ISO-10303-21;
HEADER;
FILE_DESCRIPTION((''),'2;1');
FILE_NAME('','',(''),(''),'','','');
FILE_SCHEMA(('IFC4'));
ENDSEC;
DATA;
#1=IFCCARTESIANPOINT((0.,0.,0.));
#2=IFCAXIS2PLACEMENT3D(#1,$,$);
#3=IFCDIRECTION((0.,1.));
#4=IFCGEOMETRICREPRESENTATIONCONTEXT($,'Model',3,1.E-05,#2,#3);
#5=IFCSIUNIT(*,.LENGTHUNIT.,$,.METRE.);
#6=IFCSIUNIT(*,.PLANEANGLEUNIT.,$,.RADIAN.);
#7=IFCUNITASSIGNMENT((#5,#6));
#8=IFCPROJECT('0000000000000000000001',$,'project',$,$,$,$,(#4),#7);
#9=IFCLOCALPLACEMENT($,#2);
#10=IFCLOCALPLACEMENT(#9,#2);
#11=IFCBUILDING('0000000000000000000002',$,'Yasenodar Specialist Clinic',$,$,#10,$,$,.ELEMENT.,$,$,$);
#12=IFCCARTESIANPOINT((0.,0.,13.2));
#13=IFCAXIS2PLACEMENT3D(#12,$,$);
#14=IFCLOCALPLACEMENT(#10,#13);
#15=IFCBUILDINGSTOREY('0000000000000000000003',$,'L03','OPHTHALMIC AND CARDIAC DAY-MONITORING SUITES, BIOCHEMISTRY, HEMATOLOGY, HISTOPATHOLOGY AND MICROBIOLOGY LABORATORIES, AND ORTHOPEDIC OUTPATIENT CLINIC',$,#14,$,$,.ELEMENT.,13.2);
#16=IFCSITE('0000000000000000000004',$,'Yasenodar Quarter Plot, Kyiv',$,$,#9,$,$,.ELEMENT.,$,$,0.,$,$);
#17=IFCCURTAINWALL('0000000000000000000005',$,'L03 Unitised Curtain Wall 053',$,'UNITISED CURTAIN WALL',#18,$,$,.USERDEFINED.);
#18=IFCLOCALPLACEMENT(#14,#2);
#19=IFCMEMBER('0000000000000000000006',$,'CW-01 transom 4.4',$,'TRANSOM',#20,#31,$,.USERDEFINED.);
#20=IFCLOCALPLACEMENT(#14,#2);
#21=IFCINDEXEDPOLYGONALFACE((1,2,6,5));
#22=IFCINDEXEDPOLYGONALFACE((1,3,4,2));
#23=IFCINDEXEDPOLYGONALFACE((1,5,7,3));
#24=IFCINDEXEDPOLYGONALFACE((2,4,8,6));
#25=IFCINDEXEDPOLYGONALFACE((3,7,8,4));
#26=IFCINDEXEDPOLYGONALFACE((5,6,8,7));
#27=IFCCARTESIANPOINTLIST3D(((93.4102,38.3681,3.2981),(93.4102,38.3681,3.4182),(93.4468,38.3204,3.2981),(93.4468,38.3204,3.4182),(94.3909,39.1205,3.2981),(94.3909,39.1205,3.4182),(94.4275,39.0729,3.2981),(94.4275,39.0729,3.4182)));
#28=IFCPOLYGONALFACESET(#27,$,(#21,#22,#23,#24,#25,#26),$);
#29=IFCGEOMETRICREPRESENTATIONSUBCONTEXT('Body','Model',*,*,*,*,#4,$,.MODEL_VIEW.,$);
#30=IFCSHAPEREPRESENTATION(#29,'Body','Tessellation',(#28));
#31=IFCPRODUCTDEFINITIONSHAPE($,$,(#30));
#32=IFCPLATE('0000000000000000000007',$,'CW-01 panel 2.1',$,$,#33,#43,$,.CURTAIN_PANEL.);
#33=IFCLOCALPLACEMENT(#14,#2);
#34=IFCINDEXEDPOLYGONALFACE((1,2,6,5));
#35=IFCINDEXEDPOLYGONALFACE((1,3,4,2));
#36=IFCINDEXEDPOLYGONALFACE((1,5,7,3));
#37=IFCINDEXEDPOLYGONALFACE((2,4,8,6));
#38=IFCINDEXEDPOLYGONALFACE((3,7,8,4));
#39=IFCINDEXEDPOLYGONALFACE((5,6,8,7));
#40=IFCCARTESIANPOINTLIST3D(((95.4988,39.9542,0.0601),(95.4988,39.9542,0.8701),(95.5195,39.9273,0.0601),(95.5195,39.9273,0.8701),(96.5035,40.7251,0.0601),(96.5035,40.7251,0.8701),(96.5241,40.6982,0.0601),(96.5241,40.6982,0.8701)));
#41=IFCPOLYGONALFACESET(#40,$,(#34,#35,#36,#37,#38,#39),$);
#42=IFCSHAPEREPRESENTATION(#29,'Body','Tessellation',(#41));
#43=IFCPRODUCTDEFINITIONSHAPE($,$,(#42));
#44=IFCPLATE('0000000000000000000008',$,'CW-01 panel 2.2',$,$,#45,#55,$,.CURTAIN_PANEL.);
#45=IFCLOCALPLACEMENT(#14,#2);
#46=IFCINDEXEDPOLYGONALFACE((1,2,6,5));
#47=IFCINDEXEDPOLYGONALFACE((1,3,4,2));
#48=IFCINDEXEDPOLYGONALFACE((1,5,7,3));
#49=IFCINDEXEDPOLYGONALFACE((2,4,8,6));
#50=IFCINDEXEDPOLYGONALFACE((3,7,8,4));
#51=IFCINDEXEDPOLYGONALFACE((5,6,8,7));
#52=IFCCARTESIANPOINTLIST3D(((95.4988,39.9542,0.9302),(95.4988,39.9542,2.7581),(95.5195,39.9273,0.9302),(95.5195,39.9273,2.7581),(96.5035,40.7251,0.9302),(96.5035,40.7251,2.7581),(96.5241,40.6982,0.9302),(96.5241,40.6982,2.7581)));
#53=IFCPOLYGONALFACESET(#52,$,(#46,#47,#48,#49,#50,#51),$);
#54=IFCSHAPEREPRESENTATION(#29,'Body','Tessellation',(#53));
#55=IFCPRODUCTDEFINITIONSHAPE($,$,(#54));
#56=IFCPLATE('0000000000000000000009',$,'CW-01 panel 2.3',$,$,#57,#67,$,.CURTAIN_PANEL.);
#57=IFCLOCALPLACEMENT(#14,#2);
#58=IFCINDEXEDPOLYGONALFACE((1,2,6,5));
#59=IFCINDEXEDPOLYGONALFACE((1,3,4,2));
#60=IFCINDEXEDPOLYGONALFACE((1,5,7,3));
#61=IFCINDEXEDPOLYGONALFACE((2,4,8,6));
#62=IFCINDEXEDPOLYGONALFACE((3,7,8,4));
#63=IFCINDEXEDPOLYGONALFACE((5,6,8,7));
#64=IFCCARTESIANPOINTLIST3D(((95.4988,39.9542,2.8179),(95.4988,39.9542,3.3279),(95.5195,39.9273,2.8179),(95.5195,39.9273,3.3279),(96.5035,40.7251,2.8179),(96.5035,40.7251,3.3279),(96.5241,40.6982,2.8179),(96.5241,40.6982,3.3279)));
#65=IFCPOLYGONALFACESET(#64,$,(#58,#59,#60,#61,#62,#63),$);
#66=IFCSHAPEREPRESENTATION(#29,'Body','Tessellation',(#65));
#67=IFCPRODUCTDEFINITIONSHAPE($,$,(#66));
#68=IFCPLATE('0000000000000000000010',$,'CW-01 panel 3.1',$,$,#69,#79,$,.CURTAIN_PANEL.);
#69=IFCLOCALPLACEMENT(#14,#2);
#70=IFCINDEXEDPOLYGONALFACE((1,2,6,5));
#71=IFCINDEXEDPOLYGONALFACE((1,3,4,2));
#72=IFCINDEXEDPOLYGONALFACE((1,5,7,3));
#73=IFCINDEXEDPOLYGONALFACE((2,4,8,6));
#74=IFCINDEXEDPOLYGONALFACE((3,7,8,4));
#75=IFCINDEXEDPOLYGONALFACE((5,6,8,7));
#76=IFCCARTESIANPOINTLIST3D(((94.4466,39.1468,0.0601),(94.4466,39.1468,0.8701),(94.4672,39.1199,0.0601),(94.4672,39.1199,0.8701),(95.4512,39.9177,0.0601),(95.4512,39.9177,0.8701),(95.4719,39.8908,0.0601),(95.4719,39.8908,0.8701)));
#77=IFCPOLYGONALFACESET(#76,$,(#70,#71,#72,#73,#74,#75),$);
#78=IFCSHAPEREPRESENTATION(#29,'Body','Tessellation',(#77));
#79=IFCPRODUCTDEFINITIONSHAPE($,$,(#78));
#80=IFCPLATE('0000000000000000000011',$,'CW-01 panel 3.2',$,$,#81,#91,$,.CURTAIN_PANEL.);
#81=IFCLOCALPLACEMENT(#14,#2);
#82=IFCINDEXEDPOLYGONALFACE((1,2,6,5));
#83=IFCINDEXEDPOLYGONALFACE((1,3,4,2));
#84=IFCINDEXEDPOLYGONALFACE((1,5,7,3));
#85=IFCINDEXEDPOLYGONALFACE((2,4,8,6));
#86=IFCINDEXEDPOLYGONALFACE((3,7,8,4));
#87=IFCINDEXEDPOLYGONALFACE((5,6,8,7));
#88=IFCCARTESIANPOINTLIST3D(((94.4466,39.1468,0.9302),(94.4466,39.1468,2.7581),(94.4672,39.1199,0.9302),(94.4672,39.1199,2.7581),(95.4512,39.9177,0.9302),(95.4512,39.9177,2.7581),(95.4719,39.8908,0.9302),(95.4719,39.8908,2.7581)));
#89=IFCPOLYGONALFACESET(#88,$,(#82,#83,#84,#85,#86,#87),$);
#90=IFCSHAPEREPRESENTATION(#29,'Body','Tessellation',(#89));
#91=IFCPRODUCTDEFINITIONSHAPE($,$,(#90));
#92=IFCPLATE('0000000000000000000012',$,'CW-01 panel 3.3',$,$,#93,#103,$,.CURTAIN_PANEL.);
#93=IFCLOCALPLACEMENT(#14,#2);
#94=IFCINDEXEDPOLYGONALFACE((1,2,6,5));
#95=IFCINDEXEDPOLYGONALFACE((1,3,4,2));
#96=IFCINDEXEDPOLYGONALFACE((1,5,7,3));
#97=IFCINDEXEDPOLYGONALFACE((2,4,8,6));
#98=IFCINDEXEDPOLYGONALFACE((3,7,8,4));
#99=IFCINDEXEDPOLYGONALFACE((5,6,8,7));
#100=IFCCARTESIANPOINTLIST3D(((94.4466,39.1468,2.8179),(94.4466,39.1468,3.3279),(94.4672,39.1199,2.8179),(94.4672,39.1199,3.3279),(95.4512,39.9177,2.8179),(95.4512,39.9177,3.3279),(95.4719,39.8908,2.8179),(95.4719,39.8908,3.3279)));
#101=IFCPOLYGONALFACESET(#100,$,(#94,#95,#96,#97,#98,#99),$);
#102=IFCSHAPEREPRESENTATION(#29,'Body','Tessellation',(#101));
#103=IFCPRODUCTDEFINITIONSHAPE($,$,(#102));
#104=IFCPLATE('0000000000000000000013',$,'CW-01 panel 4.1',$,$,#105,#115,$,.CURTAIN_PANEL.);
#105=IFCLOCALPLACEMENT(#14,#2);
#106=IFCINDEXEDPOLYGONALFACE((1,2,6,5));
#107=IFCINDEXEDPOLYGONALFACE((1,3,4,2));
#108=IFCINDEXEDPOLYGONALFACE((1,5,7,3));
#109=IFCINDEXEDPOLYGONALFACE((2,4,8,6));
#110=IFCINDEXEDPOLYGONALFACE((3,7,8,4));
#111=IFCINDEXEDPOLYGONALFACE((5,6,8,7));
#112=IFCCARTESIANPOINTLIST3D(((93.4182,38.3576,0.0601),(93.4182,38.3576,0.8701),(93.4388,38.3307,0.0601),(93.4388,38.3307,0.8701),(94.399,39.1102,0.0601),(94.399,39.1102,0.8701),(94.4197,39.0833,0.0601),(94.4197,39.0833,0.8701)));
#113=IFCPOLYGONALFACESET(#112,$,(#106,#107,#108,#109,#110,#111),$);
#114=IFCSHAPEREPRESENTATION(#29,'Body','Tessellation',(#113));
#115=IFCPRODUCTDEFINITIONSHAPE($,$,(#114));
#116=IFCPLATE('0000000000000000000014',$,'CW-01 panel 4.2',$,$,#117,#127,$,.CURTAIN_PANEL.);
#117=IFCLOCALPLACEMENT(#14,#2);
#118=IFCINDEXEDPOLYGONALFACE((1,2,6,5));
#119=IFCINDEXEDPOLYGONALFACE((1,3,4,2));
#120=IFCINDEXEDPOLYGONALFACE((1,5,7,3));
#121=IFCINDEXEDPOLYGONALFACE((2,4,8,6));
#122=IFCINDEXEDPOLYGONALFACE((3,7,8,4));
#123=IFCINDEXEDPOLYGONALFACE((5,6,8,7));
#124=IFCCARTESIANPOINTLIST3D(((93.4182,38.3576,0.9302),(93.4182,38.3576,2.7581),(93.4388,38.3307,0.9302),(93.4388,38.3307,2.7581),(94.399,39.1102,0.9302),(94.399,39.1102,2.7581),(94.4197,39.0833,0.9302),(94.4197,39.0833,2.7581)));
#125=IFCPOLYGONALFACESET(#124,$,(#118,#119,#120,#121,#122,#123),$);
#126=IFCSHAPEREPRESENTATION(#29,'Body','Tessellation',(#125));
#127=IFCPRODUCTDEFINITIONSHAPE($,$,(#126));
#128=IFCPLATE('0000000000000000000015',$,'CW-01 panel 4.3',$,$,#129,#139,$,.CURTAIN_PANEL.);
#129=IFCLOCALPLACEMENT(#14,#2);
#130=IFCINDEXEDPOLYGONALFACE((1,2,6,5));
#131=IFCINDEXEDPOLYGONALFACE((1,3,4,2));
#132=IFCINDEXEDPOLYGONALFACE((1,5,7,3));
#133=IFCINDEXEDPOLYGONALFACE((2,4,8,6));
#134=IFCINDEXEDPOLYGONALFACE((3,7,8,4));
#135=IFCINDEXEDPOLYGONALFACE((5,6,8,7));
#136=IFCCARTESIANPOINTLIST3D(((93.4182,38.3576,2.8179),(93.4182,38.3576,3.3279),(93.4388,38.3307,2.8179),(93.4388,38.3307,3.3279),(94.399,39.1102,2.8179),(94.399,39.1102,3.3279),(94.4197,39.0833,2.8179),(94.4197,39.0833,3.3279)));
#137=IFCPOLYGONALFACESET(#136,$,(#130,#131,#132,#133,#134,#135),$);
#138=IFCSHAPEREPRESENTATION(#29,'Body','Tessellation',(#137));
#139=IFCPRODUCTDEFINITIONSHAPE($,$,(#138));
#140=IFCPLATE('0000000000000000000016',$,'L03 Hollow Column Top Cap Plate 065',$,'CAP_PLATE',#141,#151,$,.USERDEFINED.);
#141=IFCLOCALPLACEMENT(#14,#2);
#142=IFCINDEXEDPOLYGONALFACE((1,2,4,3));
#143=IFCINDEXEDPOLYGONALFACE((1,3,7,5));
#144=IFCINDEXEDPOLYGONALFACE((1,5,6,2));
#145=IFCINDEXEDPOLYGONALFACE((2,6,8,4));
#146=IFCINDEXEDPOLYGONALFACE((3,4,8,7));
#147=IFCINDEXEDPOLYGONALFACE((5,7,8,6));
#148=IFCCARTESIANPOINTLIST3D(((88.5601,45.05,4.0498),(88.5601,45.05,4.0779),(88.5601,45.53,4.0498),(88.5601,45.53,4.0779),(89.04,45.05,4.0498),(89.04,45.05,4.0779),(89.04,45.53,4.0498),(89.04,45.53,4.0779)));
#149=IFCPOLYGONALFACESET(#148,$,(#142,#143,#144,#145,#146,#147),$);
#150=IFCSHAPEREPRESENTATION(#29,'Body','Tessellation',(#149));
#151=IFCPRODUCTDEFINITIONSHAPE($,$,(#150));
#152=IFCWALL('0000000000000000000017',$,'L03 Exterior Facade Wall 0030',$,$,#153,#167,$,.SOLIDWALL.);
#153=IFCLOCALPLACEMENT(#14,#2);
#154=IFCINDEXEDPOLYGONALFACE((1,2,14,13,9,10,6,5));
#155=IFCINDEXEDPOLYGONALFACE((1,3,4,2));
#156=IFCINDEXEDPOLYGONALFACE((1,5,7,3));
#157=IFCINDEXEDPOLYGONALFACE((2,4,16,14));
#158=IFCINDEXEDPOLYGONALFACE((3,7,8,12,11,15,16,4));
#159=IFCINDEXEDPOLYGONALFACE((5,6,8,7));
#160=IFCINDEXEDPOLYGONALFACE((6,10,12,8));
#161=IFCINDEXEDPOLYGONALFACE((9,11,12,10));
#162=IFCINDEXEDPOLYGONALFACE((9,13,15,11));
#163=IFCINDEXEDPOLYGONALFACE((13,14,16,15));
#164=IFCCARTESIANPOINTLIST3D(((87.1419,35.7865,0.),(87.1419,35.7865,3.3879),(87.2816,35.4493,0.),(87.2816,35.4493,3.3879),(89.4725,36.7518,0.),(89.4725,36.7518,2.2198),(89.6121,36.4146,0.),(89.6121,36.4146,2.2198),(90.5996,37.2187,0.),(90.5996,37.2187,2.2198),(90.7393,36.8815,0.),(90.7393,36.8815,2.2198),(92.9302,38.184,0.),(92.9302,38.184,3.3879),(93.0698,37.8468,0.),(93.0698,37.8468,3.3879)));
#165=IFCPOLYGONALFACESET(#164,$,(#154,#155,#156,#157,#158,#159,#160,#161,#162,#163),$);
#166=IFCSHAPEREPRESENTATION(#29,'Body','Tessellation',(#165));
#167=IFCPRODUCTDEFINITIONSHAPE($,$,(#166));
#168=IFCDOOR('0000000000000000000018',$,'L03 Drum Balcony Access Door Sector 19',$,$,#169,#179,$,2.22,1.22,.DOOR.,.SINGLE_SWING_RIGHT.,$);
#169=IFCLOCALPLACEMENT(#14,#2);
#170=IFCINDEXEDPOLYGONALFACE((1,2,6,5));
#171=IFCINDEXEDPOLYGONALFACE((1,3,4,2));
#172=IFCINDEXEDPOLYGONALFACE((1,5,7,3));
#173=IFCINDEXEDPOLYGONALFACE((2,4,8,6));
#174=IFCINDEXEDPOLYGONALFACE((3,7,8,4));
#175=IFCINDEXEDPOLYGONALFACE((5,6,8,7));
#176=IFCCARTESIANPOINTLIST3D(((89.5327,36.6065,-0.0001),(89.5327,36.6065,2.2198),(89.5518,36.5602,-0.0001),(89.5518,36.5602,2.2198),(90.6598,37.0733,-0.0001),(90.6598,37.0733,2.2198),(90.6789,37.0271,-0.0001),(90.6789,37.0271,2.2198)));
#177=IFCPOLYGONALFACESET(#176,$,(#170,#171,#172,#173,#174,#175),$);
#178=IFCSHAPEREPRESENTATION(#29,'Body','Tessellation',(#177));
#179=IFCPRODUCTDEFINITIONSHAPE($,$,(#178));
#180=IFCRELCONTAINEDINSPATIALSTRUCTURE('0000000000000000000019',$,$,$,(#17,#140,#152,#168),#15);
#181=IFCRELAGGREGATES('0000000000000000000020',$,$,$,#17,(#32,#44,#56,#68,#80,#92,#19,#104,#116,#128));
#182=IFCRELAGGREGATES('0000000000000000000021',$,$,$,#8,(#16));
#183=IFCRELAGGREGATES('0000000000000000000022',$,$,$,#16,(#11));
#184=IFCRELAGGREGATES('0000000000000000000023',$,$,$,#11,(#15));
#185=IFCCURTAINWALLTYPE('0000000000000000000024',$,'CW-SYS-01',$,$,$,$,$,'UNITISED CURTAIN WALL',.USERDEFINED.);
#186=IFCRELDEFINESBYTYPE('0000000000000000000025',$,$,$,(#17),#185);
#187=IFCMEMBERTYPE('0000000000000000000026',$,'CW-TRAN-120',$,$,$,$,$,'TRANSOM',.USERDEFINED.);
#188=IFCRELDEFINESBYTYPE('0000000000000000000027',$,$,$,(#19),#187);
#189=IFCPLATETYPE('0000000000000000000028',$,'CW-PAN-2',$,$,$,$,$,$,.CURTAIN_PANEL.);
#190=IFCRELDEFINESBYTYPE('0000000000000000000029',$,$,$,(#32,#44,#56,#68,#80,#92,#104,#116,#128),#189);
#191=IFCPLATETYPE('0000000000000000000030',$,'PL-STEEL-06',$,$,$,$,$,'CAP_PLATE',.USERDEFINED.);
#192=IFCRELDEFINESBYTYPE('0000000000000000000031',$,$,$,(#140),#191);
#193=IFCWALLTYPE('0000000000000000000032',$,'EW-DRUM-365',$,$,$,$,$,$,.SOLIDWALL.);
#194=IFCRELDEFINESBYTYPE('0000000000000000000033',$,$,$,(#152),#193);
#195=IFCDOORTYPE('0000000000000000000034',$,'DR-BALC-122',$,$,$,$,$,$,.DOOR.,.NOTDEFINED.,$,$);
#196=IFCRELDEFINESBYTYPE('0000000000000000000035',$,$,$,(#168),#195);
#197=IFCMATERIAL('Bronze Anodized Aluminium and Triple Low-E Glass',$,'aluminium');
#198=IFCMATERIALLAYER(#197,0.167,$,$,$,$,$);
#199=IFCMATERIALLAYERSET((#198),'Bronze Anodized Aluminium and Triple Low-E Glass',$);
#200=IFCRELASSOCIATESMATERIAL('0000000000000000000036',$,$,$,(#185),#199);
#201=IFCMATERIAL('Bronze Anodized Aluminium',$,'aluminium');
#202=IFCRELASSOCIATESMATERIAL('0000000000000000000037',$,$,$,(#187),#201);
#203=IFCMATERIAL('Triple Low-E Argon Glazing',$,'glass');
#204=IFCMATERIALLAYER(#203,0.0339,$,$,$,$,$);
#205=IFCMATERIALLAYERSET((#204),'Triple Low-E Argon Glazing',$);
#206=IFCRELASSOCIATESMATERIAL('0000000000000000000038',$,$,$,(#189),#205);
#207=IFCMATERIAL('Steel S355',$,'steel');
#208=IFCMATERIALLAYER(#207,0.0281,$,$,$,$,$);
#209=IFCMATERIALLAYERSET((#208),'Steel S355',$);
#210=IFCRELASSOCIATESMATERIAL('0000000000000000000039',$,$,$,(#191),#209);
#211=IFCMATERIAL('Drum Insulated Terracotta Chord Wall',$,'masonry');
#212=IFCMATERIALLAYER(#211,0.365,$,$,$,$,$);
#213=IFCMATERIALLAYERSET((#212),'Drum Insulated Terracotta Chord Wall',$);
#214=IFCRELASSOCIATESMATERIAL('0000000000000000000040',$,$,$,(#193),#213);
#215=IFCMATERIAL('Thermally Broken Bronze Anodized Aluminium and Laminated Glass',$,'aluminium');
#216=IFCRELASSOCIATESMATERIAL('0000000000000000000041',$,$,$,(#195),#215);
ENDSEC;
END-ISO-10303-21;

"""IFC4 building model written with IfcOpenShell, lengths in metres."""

from ifc_helpers import new_model, si_unit, direction, frame, frame_2d, origin, origin_2d, place, context, subcontext, project, spatial, rectangle, extrude, material, layer, layer_set, material_profile, profile_set, type_object, element, fill, aggregate, save


model = new_model("IFC4")

# Units and contexts
model_context = context("Model", 3, precision=1e-05, world=origin(), true_north=direction((0.0, 1.0)))
body_context = subcontext(model_context, "Body", "Model", "MODEL_VIEW")
ifc_project = project(units=[si_unit("LENGTHUNIT", "METRE"), si_unit("PLANEANGLEUNIT", "RADIAN")], contexts=[model_context])

# Site, building, storey
site_placement = place(None, origin())
site = spatial("IfcSite", under=ifc_project, at=site_placement, Name="Yasenodar Quarter Plot, Kyiv", CompositionType="ELEMENT", RefElevation=0.0)
building_placement = place(site_placement, origin())
building = spatial("IfcBuilding", under=site, at=building_placement, Name="Yasenodar Specialist Clinic", CompositionType="ELEMENT")
storey_placement = place(building_placement, frame((0.0, 0.0, 13.2)))
storey = spatial("IfcBuildingStorey", under=building, at=storey_placement, Name="L03", Description="OPHTHALMIC AND CARDIAC DAY-MONITORING SUITES, BIOCHEMISTRY, HEMATOLOGY, HISTOPATHOLOGY AND MICROBIOLOGY LABORATORIES, AND ORTHOPEDIC OUTPATIENT CLINIC", CompositionType="ELEMENT", Elevation=13.2)

# Shared definitions
ifc_material_1 = material(Name="Steel S355", Category="steel")

# Curtain wall, member, plates
ifc_material_2 = material(Name="Bronze Anodized Aluminium and Triple Low-E Glass", Category="aluminium")
ifc_layer_1 = layer(ifc_material_2, 0.167)
ifc_layer_set_1 = layer_set([ifc_layer_1], Name="Bronze Anodized Aluminium and Triple Low-E Glass")
curtain_wall_type = type_object("IfcCurtainWallType", Name="CW-SYS-01", ElementType="UNITISED CURTAIN WALL", PredefinedType="USERDEFINED", material=ifc_layer_set_1)
curtain_wall_placement = place(storey_placement, origin())
curtain_wall = element("IfcCurtainWall", 1, at=curtain_wall_placement, inside=storey, type_object=curtain_wall_type, Name="L03 Unitised Curtain Wall 053", ObjectType="UNITISED CURTAIN WALL", PredefinedType="USERDEFINED")
ifc_material_3 = material(Name="Bronze Anodized Aluminium", Category="aluminium")
ifc_material_profile_1 = material_profile(ifc_material_3, rectangle(XDim=0.0601, YDim=0.1201, at=origin_2d()), Name="CW-TRAN 60x120")
ifc_profile_set_1 = profile_set([ifc_material_profile_1], Name="Bronze Anodized Aluminium")
member_type_1 = type_object("IfcMemberType", Name="CW-TRAN-120", ElementType="TRANSOM", PredefinedType="USERDEFINED", material=ifc_profile_set_1)
member_1_placement = place(storey_placement, frame((94.4092, 39.0967, 3.3582), z_axis=(-0.793387, -0.608718, 0.0), x_axis=(0.608718, -0.793387, 0.0)))
member_1 = element("IfcMember", 2, at=member_1_placement, type_object=member_type_1, Name="CW-01 transom 4.4", ObjectType="TRANSOM", PredefinedType="USERDEFINED", context=body_context, shape_type="SweptSolid", body=[
    extrude(rectangle(XDim=0.0601, YDim=0.1201, at=origin_2d()), origin(), (0.0, 0.0, 1.0), 1.2361),
])
ifc_material_4 = material(Name="Triple Low-E Argon Glazing", Category="glass")
ifc_layer_2 = layer(ifc_material_4, 0.0339)
ifc_layer_set_2 = layer_set([ifc_layer_2], Name="Triple Low-E Argon Glazing")
plate_type_1 = type_object("IfcPlateType", Name="CW-PAN-2", PredefinedType="CURTAIN_PANEL", material=ifc_layer_set_2)
plate_1_placement = place(storey_placement, frame((96.0115, 40.3262, 0.0601), z_axis=(0.0, 0.0, 1.0), x_axis=(-0.793361, -0.608752, 0.0)))
plate_1 = element("IfcPlate", 3, at=plate_1_placement, type_object=plate_type_1, Name="CW-01 panel 2.1", PredefinedType="CURTAIN_PANEL", context=body_context, shape_type="SweptSolid", body=[
    extrude(rectangle(XDim=1.2664, YDim=0.0339, at=origin_2d()), origin(), (0.0, 0.0, 1.0), 0.8101),
])
plate_2_placement = place(storey_placement, frame((96.0115, 40.3262, 0.9302), z_axis=(0.0, 0.0, 1.0), x_axis=(-0.793361, -0.608752, 0.0)))
plate_2 = element("IfcPlate", 4, at=plate_2_placement, type_object=plate_type_1, Name="CW-01 panel 2.2", PredefinedType="CURTAIN_PANEL", context=body_context, shape_type="SweptSolid", body=[
    extrude(rectangle(XDim=1.2664, YDim=0.0339, at=origin_2d()), origin(), (0.0, 0.0, 1.0), 1.8279),
])
plate_3_placement = place(storey_placement, frame((96.0115, 40.3262, 2.8179), z_axis=(0.0, 0.0, 1.0), x_axis=(-0.793361, -0.608752, 0.0)))
plate_3 = element("IfcPlate", 5, at=plate_3_placement, type_object=plate_type_1, Name="CW-01 panel 2.3", PredefinedType="CURTAIN_PANEL", context=body_context, shape_type="SweptSolid", body=[
    extrude(rectangle(XDim=1.2664, YDim=0.0339, at=origin_2d()), origin(), (0.0, 0.0, 1.0), 0.51),
])
plate_4_placement = place(storey_placement, frame((94.9592, 39.5188, 0.0601), z_axis=(0.0, 0.0, 1.0), x_axis=(-0.793361, -0.608752, 0.0)))
plate_4 = element("IfcPlate", 6, at=plate_4_placement, type_object=plate_type_1, Name="CW-01 panel 3.1", PredefinedType="CURTAIN_PANEL", context=body_context, shape_type="SweptSolid", body=[
    extrude(rectangle(XDim=1.2664, YDim=0.0339, at=origin_2d()), origin(), (0.0, 0.0, 1.0), 0.8101),
])
plate_5_placement = place(storey_placement, frame((94.9592, 39.5188, 0.9302), z_axis=(0.0, 0.0, 1.0), x_axis=(-0.793361, -0.608752, 0.0)))
plate_5 = element("IfcPlate", 7, at=plate_5_placement, type_object=plate_type_1, Name="CW-01 panel 3.2", PredefinedType="CURTAIN_PANEL", context=body_context, shape_type="SweptSolid", body=[
    extrude(rectangle(XDim=1.2664, YDim=0.0339, at=origin_2d()), origin(), (0.0, 0.0, 1.0), 1.8279),
])
plate_6_placement = place(storey_placement, frame((94.9592, 39.5188, 2.8179), z_axis=(0.0, 0.0, 1.0), x_axis=(-0.793361, -0.608752, 0.0)))
plate_6 = element("IfcPlate", 8, at=plate_6_placement, type_object=plate_type_1, Name="CW-01 panel 3.3", PredefinedType="CURTAIN_PANEL", context=body_context, shape_type="SweptSolid", body=[
    extrude(rectangle(XDim=1.2664, YDim=0.0339, at=origin_2d()), origin(), (0.0, 0.0, 1.0), 0.51),
])
plate_7_placement = place(storey_placement, frame((93.9189, 38.7205, 0.0601), z_axis=(0.0, 0.0, 1.0), x_axis=(-0.793361, -0.608752, 0.0)))
plate_7 = element("IfcPlate", 9, at=plate_7_placement, type_object=plate_type_1, Name="CW-01 panel 4.1", PredefinedType="CURTAIN_PANEL", context=body_context, shape_type="SweptSolid", body=[
    extrude(rectangle(XDim=1.2363, YDim=0.0339, at=origin_2d()), origin(), (0.0, 0.0, 1.0), 0.8101),
])
plate_8_placement = place(storey_placement, frame((93.9189, 38.7205, 0.9302), z_axis=(0.0, 0.0, 1.0), x_axis=(-0.793361, -0.608752, 0.0)))
plate_8 = element("IfcPlate", 10, at=plate_8_placement, type_object=plate_type_1, Name="CW-01 panel 4.2", PredefinedType="CURTAIN_PANEL", context=body_context, shape_type="SweptSolid", body=[
    extrude(rectangle(XDim=1.2363, YDim=0.0339, at=origin_2d()), origin(), (0.0, 0.0, 1.0), 1.8279),
])
plate_9_placement = place(storey_placement, frame((93.9189, 38.7205, 2.8179), z_axis=(0.0, 0.0, 1.0), x_axis=(-0.793361, -0.608752, 0.0)))
plate_9 = element("IfcPlate", 11, at=plate_9_placement, type_object=plate_type_1, Name="CW-01 panel 4.3", PredefinedType="CURTAIN_PANEL", context=body_context, shape_type="SweptSolid", body=[
    extrude(rectangle(XDim=1.2363, YDim=0.0339, at=origin_2d()), origin(), (0.0, 0.0, 1.0), 0.51),
])
aggregate(curtain_wall, [plate_1, plate_2, plate_3, plate_4, plate_5, plate_6, member_1, plate_7, plate_8, plate_9])

# Plate
ifc_layer_3 = layer(ifc_material_1, 0.0281)
ifc_layer_set_3 = layer_set([ifc_layer_3], Name="Steel S355")
plate_type_2 = type_object("IfcPlateType", Name="PL-STEEL-06", ElementType="CAP_PLATE", PredefinedType="USERDEFINED", material=ifc_layer_set_3)
plate_10_placement = place(storey_placement, frame((88.8, 45.29, 4.0498), z_axis=(0.0, 0.0, 1.0), x_axis=(1.0, 0.0, 0.0)))
element("IfcPlate", 12, at=plate_10_placement, inside=storey, type_object=plate_type_2, Name="L03 Hollow Column Top Cap Plate 065", ObjectType="CAP_PLATE", PredefinedType="USERDEFINED", context=body_context, shape_type="SweptSolid", body=[
    extrude(rectangle(XDim=0.48, YDim=0.48, at=origin_2d()), origin(), (0.0, 0.0, 1.0), 0.0281),
])

# Wall, opening, door
ifc_material_5 = material(Name="Drum Insulated Terracotta Chord Wall", Category="masonry")
ifc_layer_4 = layer(ifc_material_5, 0.365)
ifc_layer_set_4 = layer_set([ifc_layer_4], Name="Drum Insulated Terracotta Chord Wall")
wall_type_1 = type_object("IfcWallType", Name="EW-DRUM-365", PredefinedType="SOLIDWALL", material=ifc_layer_set_4)
wall_1_placement = place(storey_placement, frame((93.0, 38.0154, 0.0), z_axis=(0.0, 0.0, 1.0), x_axis=(-0.923888, -0.382664, 0.0)))
wall_1 = element("IfcWall", 13, at=wall_1_placement, inside=storey, type_object=wall_type_1, Name="L03 Exterior Facade Wall 0030", PredefinedType="SOLIDWALL", context=body_context, shape_type="SweptSolid", body=[
    extrude(rectangle(XDim=6.2651, YDim=0.365, at=frame_2d((3.1326, 0.0))), origin(), (0.0, 0.0, 1.0), 3.3879),
])
opening_1_placement = place(wall_1_placement, frame((2.5227, 0.0, 0.0)))
opening_1 = element("IfcOpeningElement", 14, at=opening_1_placement, cuts=wall_1, PredefinedType="OPENING", context=body_context, shape_type="SweptSolid", body=[
    extrude(rectangle(XDim=1.22, YDim=2.22, at=frame_2d((0.6099, 1.1099))), frame((0.0, 0.1924, 0.0), z_axis=(0.0, -1.0, 0.0), x_axis=(1.0, 0.0, 0.0)), (0.0, 0.0, 1.0), 0.385),
])
ifc_material_6 = material(Name="Thermally Broken Bronze Anodized Aluminium and Laminated Glass", Category="aluminium")
door_type_1 = type_object("IfcDoorType", Name="DR-BALC-122", OperationType="NOTDEFINED", PredefinedType="DOOR", material=ifc_material_6)
door_1_placement = place(opening_1_placement, origin())
door_1 = element("IfcDoor", 15, at=door_1_placement, inside=storey, type_object=door_type_1, Name="L03 Drum Balcony Access Door Sector 19", OperationType="SINGLE_SWING_RIGHT", OverallHeight=2.22, OverallWidth=1.22, PredefinedType="DOOR", context=body_context, shape_type="SweptSolid", body=[
    extrude(rectangle(XDim=1.22, YDim=2.22, at=frame_2d((0.6099, 1.1099))), frame((0.0, 0.0249, 0.0), z_axis=(0.0, -1.0, 0.0), x_axis=(1.0, 0.0, 0.0)), (0.0, 0.0, 1.0), 0.05),
])
fill(opening_1, door_1)

save(model, "model.ifc")
